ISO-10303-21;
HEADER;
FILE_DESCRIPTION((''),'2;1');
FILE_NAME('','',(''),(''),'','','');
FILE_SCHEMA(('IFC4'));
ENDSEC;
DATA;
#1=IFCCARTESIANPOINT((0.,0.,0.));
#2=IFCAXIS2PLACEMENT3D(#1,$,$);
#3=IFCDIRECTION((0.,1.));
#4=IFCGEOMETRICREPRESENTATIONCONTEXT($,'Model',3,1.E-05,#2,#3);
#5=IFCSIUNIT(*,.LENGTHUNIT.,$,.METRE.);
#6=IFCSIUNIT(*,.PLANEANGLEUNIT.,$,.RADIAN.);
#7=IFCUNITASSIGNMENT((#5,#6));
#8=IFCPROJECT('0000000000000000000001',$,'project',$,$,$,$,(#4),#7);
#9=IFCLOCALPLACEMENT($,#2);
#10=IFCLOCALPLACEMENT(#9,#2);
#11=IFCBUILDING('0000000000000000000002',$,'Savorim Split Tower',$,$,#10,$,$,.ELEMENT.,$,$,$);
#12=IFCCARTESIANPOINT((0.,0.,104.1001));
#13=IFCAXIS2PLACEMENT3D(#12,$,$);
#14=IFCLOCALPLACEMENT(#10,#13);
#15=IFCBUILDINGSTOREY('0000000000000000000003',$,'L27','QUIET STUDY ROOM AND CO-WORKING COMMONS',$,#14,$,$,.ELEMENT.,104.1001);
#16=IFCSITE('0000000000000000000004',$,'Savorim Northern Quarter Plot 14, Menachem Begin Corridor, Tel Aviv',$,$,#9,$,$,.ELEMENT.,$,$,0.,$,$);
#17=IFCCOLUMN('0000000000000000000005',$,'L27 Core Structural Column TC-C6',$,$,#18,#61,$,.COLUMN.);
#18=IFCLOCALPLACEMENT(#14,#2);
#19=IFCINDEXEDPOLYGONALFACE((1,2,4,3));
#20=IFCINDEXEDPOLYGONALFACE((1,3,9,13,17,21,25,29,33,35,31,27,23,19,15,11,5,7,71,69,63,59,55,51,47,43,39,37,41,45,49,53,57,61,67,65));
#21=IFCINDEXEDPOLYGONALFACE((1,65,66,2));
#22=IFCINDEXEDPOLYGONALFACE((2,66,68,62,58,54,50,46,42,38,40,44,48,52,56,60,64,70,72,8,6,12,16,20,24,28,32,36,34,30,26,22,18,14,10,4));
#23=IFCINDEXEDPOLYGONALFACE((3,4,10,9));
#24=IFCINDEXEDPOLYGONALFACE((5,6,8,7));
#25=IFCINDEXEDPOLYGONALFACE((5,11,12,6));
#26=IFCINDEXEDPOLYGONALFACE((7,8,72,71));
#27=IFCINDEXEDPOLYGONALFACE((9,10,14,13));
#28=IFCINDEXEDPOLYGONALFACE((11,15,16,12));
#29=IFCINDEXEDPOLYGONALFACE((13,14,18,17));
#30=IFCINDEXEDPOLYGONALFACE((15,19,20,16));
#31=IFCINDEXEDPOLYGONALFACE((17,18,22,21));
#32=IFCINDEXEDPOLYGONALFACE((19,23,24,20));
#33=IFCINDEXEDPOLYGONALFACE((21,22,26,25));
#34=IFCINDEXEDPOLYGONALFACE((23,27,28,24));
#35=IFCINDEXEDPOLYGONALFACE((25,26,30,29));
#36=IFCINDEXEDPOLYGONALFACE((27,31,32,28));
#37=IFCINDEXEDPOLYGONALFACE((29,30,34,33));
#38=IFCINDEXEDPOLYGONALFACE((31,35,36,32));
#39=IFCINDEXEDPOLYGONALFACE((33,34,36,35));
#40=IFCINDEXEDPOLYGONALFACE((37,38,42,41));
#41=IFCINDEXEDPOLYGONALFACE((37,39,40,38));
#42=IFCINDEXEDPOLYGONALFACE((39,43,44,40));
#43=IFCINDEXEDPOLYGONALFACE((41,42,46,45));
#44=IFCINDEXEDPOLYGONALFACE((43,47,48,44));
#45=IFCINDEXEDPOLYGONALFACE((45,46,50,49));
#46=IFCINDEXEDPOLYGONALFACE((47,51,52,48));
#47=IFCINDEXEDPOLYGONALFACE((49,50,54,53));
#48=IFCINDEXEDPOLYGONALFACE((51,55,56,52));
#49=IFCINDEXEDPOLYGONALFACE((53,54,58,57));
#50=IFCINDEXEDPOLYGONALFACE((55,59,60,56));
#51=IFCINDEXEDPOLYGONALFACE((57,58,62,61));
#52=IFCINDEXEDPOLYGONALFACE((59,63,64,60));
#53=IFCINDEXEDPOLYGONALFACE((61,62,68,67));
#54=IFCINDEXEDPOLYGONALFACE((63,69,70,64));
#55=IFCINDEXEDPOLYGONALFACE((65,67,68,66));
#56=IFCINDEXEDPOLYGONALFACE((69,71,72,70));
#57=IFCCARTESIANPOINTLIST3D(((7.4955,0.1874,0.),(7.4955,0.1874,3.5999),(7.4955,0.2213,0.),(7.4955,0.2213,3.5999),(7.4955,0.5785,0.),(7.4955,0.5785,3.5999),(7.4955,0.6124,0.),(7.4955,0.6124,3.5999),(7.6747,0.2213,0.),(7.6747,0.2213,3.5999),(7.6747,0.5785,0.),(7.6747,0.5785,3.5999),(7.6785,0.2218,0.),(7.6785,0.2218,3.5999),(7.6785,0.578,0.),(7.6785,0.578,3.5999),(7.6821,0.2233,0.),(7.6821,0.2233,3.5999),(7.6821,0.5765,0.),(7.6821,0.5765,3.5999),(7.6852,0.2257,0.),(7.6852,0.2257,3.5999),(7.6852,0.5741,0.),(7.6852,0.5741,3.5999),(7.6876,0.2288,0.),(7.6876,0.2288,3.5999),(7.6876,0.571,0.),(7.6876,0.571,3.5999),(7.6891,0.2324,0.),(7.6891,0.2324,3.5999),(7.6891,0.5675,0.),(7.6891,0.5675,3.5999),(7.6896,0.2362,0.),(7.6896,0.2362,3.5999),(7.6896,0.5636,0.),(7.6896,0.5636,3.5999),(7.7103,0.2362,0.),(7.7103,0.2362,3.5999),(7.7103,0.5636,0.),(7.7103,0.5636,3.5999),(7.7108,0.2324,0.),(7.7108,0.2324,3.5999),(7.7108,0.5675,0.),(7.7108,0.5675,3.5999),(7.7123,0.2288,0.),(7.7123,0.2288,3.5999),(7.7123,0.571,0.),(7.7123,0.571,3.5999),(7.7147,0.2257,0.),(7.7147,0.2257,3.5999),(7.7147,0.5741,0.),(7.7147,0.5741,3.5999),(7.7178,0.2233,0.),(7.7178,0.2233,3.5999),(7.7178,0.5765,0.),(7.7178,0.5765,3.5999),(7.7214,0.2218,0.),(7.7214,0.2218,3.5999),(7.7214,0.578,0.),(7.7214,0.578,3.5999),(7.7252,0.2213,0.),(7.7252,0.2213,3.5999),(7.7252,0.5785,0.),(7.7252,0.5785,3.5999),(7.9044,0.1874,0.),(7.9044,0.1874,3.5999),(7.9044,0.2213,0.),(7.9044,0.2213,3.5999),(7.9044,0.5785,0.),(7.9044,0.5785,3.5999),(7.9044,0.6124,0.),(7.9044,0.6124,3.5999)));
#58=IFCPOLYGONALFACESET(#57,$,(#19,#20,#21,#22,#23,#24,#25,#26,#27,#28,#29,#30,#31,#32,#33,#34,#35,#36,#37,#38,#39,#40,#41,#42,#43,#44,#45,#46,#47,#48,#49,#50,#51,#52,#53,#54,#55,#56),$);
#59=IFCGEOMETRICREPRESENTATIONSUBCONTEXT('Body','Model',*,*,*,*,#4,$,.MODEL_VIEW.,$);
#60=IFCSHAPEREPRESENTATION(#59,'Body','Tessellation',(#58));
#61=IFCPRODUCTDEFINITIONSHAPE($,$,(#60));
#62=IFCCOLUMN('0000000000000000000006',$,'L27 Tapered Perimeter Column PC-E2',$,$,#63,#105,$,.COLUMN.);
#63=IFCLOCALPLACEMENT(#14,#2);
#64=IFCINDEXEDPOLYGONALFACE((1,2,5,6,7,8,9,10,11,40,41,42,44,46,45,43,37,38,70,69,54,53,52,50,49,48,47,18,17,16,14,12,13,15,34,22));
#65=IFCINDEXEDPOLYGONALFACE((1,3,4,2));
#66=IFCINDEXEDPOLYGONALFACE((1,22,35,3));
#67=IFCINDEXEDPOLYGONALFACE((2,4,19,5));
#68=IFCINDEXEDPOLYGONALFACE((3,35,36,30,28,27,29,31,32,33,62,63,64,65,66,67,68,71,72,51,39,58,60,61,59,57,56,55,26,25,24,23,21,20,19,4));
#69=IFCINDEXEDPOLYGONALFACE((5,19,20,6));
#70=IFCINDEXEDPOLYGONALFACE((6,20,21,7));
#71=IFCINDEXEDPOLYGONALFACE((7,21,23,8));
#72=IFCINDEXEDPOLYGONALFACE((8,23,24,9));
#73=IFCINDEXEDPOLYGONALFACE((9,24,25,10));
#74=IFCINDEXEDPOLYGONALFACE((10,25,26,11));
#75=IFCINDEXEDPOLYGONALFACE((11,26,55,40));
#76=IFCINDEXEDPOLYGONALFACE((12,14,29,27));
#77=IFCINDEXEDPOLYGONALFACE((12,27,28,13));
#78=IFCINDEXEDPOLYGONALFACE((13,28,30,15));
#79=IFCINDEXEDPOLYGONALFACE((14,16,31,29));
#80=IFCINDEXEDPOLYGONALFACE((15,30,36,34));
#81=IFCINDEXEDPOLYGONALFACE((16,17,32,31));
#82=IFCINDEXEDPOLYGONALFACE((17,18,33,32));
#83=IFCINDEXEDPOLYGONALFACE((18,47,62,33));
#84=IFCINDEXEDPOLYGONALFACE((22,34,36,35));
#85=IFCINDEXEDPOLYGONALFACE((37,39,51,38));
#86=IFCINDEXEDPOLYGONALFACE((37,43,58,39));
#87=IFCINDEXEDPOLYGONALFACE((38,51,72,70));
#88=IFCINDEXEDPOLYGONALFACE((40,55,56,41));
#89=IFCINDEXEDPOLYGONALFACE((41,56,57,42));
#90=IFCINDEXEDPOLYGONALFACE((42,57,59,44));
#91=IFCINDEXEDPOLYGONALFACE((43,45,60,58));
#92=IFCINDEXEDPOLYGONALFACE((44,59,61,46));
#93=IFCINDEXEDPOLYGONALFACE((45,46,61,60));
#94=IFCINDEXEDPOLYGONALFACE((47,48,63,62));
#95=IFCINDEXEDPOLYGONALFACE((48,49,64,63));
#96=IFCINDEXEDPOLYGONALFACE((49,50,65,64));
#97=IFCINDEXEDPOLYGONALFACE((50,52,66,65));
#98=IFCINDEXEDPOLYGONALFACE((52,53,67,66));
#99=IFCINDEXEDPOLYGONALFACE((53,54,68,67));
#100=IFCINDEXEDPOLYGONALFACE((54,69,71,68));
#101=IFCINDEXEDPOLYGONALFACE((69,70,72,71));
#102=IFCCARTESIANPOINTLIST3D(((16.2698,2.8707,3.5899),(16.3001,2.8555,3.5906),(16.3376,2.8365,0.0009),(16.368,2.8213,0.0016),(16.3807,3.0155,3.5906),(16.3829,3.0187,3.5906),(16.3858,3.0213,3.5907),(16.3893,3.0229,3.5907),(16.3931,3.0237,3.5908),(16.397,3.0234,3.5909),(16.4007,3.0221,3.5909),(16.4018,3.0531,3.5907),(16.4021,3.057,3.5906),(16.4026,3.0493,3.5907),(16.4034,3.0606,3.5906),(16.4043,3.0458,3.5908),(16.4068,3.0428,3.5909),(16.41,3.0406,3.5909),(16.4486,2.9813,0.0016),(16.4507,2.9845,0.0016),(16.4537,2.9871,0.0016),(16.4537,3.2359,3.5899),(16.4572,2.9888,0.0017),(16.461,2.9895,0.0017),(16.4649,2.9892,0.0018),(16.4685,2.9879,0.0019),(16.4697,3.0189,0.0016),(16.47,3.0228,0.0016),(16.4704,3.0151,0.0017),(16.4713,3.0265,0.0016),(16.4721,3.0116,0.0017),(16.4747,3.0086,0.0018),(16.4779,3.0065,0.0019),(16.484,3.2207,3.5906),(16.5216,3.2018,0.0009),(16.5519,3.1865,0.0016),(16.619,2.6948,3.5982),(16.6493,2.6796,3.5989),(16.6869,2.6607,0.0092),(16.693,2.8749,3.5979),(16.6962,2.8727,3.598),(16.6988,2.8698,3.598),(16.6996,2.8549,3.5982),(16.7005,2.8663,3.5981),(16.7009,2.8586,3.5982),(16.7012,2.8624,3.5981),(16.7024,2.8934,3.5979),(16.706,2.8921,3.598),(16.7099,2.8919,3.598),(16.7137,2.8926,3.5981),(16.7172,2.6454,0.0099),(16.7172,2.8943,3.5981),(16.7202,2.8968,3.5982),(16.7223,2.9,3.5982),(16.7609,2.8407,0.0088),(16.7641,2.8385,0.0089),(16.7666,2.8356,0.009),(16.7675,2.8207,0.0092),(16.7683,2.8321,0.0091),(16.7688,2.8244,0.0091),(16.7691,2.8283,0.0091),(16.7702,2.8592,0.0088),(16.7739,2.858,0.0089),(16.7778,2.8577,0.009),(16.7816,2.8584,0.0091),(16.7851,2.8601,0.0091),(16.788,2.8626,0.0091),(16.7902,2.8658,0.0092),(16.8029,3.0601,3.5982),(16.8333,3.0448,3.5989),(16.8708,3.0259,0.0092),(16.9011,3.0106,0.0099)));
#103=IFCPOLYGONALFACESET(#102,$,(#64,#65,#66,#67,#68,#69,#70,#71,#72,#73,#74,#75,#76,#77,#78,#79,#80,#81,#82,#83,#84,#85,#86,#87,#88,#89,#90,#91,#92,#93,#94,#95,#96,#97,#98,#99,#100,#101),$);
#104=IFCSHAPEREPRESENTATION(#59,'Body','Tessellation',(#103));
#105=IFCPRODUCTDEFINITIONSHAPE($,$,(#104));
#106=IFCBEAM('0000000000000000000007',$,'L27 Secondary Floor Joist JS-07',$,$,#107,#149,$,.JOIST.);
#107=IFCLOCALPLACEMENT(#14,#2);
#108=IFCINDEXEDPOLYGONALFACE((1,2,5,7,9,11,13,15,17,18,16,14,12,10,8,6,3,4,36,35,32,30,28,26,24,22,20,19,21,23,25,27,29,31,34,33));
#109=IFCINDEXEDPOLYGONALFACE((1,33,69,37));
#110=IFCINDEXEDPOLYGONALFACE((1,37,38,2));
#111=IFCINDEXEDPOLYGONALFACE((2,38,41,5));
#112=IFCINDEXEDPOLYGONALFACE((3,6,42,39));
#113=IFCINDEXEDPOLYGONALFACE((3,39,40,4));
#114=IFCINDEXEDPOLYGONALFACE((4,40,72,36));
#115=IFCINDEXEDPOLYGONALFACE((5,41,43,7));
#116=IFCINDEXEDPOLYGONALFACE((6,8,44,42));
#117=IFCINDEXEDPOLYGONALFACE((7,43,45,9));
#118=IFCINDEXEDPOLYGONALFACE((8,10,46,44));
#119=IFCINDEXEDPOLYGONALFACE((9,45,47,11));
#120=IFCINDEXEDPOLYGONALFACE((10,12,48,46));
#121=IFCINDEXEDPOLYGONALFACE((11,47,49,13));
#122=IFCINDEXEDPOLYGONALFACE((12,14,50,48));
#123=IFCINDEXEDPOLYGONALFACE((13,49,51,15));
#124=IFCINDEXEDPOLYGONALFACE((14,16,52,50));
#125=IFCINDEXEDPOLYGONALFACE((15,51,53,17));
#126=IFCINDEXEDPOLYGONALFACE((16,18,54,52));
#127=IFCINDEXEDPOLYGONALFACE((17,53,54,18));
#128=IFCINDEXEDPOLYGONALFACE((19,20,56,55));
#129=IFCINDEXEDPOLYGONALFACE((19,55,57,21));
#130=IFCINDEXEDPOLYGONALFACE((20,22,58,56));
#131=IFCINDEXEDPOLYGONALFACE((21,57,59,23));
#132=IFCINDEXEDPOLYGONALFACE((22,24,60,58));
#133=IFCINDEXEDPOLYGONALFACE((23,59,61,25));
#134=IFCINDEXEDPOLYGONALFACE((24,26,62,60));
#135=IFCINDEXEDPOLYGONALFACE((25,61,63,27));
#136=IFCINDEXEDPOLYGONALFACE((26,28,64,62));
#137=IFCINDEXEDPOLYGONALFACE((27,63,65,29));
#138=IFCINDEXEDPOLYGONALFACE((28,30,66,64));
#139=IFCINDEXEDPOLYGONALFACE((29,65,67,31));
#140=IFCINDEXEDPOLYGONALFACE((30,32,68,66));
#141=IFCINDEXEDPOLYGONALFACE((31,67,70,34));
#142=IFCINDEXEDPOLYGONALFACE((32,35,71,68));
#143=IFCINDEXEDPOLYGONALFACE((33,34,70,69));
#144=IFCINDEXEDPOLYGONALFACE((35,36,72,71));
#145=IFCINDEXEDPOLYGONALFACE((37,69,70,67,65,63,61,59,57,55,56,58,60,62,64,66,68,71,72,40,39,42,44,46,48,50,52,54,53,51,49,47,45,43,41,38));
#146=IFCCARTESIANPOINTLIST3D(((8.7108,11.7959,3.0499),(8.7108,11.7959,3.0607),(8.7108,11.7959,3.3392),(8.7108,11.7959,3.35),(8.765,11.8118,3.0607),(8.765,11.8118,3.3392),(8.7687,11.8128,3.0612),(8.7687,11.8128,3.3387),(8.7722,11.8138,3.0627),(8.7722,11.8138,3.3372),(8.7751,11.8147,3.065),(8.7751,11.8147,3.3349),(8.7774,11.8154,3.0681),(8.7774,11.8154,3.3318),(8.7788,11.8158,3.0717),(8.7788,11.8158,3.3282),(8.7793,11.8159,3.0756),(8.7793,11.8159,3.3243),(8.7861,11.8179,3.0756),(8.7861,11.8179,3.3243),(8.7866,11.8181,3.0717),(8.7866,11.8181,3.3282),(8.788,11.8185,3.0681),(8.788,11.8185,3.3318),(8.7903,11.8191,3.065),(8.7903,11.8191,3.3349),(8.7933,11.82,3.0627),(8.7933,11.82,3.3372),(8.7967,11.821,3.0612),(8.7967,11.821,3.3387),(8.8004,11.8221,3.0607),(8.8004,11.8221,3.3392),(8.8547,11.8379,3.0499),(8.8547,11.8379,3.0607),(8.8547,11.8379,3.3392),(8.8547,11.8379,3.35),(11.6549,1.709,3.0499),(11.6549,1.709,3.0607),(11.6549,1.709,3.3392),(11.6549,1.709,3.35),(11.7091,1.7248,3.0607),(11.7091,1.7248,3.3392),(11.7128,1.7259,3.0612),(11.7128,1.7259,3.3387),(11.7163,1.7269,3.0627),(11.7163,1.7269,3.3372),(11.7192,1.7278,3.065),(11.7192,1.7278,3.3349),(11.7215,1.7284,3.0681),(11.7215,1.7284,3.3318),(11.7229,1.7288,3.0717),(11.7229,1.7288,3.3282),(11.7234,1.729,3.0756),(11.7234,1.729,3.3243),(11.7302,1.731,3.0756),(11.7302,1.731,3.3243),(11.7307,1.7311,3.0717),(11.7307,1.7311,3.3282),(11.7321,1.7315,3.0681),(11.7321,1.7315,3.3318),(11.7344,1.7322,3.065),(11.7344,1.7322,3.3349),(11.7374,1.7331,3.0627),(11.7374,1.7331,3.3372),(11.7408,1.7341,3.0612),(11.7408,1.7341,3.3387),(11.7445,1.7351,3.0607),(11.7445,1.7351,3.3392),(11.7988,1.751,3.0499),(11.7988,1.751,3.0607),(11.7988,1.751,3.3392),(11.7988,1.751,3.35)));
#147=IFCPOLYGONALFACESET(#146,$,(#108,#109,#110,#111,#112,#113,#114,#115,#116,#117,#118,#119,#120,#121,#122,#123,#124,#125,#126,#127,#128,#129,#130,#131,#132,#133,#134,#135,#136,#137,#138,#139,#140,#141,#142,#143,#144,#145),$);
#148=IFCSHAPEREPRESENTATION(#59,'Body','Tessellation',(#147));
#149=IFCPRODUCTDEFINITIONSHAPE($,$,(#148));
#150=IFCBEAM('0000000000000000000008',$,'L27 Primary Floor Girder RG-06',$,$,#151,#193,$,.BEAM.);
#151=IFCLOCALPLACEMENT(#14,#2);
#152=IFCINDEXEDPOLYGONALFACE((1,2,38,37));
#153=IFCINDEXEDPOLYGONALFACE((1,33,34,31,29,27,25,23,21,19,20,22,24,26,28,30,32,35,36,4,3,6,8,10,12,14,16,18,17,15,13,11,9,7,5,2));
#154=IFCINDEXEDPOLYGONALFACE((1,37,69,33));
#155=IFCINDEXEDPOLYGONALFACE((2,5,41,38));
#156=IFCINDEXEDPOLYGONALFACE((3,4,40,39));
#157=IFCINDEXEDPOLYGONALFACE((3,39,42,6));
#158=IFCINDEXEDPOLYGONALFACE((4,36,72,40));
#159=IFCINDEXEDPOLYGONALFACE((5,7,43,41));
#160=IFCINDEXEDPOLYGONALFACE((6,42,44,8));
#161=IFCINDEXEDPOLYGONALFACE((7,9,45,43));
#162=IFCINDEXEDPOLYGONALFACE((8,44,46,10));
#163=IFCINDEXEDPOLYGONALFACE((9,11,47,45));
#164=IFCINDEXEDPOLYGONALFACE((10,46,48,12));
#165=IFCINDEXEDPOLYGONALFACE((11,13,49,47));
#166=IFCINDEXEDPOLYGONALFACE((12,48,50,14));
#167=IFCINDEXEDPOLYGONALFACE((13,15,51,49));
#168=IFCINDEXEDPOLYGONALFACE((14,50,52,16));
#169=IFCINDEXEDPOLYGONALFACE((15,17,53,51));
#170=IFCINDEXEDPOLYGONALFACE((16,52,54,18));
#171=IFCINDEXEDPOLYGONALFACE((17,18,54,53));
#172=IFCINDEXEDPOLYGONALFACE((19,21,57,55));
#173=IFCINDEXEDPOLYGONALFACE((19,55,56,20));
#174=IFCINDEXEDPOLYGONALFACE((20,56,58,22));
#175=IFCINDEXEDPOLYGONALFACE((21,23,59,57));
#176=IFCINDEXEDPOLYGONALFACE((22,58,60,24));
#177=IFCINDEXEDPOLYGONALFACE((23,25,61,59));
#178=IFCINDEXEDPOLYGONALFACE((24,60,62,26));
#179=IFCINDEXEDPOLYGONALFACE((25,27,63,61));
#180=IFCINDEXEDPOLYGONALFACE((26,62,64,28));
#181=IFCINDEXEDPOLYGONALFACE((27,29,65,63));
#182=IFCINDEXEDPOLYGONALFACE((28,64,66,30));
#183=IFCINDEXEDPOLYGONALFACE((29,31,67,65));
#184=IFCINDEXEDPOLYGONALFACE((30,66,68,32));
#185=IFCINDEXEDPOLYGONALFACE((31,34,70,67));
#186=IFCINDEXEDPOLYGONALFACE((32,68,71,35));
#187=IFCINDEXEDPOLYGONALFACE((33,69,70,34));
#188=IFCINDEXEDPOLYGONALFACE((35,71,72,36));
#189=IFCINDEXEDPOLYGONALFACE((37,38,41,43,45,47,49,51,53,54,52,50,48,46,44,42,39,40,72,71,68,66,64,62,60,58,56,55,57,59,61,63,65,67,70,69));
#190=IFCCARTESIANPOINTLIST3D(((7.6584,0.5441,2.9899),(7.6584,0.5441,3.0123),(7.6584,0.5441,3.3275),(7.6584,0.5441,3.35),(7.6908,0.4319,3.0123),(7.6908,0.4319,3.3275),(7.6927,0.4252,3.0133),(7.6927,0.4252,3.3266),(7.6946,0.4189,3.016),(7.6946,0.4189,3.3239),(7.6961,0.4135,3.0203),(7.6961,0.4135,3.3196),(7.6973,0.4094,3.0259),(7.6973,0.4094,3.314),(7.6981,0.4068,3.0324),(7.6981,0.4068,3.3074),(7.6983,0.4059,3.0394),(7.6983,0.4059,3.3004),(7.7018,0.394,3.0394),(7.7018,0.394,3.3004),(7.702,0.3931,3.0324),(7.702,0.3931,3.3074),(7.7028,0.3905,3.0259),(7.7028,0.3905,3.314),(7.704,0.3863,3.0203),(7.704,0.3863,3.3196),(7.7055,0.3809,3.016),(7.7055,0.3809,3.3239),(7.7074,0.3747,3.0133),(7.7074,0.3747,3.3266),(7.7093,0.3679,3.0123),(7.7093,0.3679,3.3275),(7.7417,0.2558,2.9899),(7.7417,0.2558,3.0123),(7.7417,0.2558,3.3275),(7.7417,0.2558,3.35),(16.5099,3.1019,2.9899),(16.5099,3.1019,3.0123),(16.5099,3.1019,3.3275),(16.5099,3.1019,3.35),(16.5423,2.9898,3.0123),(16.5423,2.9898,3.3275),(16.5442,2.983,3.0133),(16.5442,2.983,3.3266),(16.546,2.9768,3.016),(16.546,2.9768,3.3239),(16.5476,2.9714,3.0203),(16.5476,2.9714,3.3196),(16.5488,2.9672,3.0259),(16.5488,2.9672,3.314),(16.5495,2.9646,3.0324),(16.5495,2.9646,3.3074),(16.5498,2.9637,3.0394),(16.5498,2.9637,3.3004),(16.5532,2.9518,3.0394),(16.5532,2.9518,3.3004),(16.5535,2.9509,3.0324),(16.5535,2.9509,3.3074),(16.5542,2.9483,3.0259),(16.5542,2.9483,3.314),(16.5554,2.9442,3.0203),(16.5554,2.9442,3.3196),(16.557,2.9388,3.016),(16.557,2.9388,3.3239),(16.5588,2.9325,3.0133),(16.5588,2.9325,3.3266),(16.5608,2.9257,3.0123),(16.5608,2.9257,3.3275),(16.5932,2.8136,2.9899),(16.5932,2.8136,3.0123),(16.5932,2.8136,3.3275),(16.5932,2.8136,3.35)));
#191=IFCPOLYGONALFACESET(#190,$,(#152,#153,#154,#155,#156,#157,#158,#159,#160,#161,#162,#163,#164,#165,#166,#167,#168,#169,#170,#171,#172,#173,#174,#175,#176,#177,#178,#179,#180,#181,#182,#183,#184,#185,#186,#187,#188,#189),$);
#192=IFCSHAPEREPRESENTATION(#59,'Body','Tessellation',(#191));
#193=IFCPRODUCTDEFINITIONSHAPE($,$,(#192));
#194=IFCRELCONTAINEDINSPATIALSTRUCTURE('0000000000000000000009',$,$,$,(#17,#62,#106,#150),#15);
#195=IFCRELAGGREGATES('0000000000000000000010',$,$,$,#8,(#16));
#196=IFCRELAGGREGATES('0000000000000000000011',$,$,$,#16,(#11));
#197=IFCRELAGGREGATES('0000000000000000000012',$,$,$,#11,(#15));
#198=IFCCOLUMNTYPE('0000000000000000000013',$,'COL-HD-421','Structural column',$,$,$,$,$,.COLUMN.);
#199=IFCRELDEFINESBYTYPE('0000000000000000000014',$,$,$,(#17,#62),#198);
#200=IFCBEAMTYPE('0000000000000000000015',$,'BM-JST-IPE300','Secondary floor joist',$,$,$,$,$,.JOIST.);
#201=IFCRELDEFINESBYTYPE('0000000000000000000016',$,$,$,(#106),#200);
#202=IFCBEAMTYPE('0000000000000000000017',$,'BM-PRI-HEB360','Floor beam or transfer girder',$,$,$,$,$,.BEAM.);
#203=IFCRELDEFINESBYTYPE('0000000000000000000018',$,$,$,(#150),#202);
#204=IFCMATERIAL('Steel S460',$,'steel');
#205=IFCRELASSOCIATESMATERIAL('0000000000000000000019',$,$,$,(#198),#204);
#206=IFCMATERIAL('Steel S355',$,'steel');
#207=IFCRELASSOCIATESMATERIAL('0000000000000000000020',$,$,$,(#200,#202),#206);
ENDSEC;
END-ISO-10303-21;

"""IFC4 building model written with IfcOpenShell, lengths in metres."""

from ifc_helpers import new_model, si_unit, direction, frame, origin, origin_2d, place, context, subcontext, project, spatial, i_section, extrude, material, material_profile, profile_set, type_object, element, save


model = new_model("IFC4")

# Units and contexts
model_context = context("Model", 3, precision=1e-05, world=origin(), true_north=direction((0.0, 1.0)))
body_context = subcontext(model_context, "Body", "Model", "MODEL_VIEW")
ifc_project = project(units=[si_unit("LENGTHUNIT", "METRE"), si_unit("PLANEANGLEUNIT", "RADIAN")], contexts=[model_context])

# Site, building, storey
site_placement = place(None, origin())
site = spatial("IfcSite", under=ifc_project, at=site_placement, Name="Savorim Northern Quarter Plot 14, Menachem Begin Corridor, Tel Aviv", CompositionType="ELEMENT", RefElevation=0.0)
building_placement = place(site_placement, origin())
building = spatial("IfcBuilding", under=site, at=building_placement, Name="Savorim Split Tower", CompositionType="ELEMENT")
storey_placement = place(building_placement, frame((0.0, 0.0, 104.1001)))
storey = spatial("IfcBuildingStorey", under=building, at=storey_placement, Name="L27", Description="QUIET STUDY ROOM AND CO-WORKING COMMONS", CompositionType="ELEMENT", Elevation=104.1001)

# Columns
ifc_material_1 = material(Name="Steel S460", Category="steel")
ifc_material_profile_1 = material_profile(ifc_material_1, i_section(OverallWidth=0.4089, OverallDepth=0.425, WebThickness=0.0208, FlangeThickness=0.0339, FilletRadius=0.0149, at=origin_2d()), Name="HD 400x421")
ifc_profile_set_1 = profile_set([ifc_material_profile_1], Name="Steel S460")
column_type = type_object("IfcColumnType", Name="COL-HD-421", Description="Structural column", PredefinedType="COLUMN", material=ifc_profile_set_1)
column_1_placement = place(storey_placement, frame((7.7, 0.3999, 0.0), z_axis=(0.0, 0.0, 1.0), x_axis=(1.0, 0.0, 0.0)))
element("IfcColumn", 1, at=column_1_placement, inside=storey, type_object=column_type, Name="L27 Core Structural Column TC-C6", PredefinedType="COLUMN", context=body_context, shape_type="SweptSolid", body=[
    extrude(i_section(OverallWidth=0.4089, OverallDepth=0.425, WebThickness=0.0208, FlangeThickness=0.0339, FilletRadius=0.0149, at=origin_2d()), origin(), (0.0, 0.0, 1.0), 3.5999),
])
column_2_placement = place(storey_placement, frame((16.6194, 2.9236, 0.0054), z_axis=(-0.018906, 0.009521, 0.999776), x_axis=(-0.449782, -0.893138, 0.0)))
element("IfcColumn", 2, at=column_2_placement, inside=storey, type_object=column_type, Name="L27 Tapered Perimeter Column PC-E2", PredefinedType="COLUMN", context=body_context, shape_type="SweptSolid", body=[
    extrude(i_section(OverallWidth=0.4089, OverallDepth=0.425, WebThickness=0.0208, FlangeThickness=0.0339, FilletRadius=0.0149, at=origin_2d()), origin(), (0.0, 0.0, 1.0), 3.5898),
])

# Beams
ifc_material_2 = material(Name="Steel S355", Category="steel")
ifc_material_profile_2 = material_profile(ifc_material_2, i_section(OverallWidth=0.1499, OverallDepth=0.3, WebThickness=0.0071, FlangeThickness=0.0107, FilletRadius=0.0149, at=origin_2d()), Name="IPE 300")
ifc_profile_set_2 = profile_set([ifc_material_profile_2], Name="Steel S355")
beam_type_1 = type_object("IfcBeamType", Name="BM-JST-IPE300", Description="Secondary floor joist", PredefinedType="JOIST", material=ifc_profile_set_2)
beam_1_placement = place(storey_placement, frame((11.7268, 1.73, 3.2), z_axis=(-0.280182, 0.959947, 0.0), x_axis=(-0.959947, -0.280182, 0.0)))
element("IfcBeam", 3, at=beam_1_placement, inside=storey, type_object=beam_type_1, Name="L27 Secondary Floor Joist JS-07", PredefinedType="JOIST", context=body_context, shape_type="SweptSolid", body=[
    extrude(i_section(OverallWidth=0.1499, OverallDepth=0.3, WebThickness=0.0071, FlangeThickness=0.0107, FilletRadius=0.0149, at=origin_2d()), origin(), (0.0, 0.0, 1.0), 10.5078),
])
ifc_material_profile_3 = material_profile(ifc_material_2, i_section(OverallWidth=0.3, OverallDepth=0.3601, WebThickness=0.0125, FlangeThickness=0.0225, FilletRadius=0.0271, at=origin_2d()), Name="HEB 360")
ifc_profile_set_3 = profile_set([ifc_material_profile_3], Name="Steel S355")
beam_type_2 = type_object("IfcBeamType", Name="BM-PRI-HEB360", Description="Floor beam or transfer girder", PredefinedType="BEAM", material=ifc_profile_set_3)
beam_2_placement = place(storey_placement, frame((16.5515, 2.9578, 3.1699), z_axis=(-0.960693, -0.277614, 0.0), x_axis=(0.277614, -0.960693, 0.0)))
element("IfcBeam", 4, at=beam_2_placement, inside=storey, type_object=beam_type_2, Name="L27 Primary Floor Girder RG-06", PredefinedType="BEAM", context=body_context, shape_type="SweptSolid", body=[
    extrude(i_section(OverallWidth=0.3, OverallDepth=0.3601, WebThickness=0.0125, FlangeThickness=0.0225, FilletRadius=0.0271, at=origin_2d()), origin(), (0.0, 0.0, 1.0), 9.2136),
])

save(model, "model.ifc")
